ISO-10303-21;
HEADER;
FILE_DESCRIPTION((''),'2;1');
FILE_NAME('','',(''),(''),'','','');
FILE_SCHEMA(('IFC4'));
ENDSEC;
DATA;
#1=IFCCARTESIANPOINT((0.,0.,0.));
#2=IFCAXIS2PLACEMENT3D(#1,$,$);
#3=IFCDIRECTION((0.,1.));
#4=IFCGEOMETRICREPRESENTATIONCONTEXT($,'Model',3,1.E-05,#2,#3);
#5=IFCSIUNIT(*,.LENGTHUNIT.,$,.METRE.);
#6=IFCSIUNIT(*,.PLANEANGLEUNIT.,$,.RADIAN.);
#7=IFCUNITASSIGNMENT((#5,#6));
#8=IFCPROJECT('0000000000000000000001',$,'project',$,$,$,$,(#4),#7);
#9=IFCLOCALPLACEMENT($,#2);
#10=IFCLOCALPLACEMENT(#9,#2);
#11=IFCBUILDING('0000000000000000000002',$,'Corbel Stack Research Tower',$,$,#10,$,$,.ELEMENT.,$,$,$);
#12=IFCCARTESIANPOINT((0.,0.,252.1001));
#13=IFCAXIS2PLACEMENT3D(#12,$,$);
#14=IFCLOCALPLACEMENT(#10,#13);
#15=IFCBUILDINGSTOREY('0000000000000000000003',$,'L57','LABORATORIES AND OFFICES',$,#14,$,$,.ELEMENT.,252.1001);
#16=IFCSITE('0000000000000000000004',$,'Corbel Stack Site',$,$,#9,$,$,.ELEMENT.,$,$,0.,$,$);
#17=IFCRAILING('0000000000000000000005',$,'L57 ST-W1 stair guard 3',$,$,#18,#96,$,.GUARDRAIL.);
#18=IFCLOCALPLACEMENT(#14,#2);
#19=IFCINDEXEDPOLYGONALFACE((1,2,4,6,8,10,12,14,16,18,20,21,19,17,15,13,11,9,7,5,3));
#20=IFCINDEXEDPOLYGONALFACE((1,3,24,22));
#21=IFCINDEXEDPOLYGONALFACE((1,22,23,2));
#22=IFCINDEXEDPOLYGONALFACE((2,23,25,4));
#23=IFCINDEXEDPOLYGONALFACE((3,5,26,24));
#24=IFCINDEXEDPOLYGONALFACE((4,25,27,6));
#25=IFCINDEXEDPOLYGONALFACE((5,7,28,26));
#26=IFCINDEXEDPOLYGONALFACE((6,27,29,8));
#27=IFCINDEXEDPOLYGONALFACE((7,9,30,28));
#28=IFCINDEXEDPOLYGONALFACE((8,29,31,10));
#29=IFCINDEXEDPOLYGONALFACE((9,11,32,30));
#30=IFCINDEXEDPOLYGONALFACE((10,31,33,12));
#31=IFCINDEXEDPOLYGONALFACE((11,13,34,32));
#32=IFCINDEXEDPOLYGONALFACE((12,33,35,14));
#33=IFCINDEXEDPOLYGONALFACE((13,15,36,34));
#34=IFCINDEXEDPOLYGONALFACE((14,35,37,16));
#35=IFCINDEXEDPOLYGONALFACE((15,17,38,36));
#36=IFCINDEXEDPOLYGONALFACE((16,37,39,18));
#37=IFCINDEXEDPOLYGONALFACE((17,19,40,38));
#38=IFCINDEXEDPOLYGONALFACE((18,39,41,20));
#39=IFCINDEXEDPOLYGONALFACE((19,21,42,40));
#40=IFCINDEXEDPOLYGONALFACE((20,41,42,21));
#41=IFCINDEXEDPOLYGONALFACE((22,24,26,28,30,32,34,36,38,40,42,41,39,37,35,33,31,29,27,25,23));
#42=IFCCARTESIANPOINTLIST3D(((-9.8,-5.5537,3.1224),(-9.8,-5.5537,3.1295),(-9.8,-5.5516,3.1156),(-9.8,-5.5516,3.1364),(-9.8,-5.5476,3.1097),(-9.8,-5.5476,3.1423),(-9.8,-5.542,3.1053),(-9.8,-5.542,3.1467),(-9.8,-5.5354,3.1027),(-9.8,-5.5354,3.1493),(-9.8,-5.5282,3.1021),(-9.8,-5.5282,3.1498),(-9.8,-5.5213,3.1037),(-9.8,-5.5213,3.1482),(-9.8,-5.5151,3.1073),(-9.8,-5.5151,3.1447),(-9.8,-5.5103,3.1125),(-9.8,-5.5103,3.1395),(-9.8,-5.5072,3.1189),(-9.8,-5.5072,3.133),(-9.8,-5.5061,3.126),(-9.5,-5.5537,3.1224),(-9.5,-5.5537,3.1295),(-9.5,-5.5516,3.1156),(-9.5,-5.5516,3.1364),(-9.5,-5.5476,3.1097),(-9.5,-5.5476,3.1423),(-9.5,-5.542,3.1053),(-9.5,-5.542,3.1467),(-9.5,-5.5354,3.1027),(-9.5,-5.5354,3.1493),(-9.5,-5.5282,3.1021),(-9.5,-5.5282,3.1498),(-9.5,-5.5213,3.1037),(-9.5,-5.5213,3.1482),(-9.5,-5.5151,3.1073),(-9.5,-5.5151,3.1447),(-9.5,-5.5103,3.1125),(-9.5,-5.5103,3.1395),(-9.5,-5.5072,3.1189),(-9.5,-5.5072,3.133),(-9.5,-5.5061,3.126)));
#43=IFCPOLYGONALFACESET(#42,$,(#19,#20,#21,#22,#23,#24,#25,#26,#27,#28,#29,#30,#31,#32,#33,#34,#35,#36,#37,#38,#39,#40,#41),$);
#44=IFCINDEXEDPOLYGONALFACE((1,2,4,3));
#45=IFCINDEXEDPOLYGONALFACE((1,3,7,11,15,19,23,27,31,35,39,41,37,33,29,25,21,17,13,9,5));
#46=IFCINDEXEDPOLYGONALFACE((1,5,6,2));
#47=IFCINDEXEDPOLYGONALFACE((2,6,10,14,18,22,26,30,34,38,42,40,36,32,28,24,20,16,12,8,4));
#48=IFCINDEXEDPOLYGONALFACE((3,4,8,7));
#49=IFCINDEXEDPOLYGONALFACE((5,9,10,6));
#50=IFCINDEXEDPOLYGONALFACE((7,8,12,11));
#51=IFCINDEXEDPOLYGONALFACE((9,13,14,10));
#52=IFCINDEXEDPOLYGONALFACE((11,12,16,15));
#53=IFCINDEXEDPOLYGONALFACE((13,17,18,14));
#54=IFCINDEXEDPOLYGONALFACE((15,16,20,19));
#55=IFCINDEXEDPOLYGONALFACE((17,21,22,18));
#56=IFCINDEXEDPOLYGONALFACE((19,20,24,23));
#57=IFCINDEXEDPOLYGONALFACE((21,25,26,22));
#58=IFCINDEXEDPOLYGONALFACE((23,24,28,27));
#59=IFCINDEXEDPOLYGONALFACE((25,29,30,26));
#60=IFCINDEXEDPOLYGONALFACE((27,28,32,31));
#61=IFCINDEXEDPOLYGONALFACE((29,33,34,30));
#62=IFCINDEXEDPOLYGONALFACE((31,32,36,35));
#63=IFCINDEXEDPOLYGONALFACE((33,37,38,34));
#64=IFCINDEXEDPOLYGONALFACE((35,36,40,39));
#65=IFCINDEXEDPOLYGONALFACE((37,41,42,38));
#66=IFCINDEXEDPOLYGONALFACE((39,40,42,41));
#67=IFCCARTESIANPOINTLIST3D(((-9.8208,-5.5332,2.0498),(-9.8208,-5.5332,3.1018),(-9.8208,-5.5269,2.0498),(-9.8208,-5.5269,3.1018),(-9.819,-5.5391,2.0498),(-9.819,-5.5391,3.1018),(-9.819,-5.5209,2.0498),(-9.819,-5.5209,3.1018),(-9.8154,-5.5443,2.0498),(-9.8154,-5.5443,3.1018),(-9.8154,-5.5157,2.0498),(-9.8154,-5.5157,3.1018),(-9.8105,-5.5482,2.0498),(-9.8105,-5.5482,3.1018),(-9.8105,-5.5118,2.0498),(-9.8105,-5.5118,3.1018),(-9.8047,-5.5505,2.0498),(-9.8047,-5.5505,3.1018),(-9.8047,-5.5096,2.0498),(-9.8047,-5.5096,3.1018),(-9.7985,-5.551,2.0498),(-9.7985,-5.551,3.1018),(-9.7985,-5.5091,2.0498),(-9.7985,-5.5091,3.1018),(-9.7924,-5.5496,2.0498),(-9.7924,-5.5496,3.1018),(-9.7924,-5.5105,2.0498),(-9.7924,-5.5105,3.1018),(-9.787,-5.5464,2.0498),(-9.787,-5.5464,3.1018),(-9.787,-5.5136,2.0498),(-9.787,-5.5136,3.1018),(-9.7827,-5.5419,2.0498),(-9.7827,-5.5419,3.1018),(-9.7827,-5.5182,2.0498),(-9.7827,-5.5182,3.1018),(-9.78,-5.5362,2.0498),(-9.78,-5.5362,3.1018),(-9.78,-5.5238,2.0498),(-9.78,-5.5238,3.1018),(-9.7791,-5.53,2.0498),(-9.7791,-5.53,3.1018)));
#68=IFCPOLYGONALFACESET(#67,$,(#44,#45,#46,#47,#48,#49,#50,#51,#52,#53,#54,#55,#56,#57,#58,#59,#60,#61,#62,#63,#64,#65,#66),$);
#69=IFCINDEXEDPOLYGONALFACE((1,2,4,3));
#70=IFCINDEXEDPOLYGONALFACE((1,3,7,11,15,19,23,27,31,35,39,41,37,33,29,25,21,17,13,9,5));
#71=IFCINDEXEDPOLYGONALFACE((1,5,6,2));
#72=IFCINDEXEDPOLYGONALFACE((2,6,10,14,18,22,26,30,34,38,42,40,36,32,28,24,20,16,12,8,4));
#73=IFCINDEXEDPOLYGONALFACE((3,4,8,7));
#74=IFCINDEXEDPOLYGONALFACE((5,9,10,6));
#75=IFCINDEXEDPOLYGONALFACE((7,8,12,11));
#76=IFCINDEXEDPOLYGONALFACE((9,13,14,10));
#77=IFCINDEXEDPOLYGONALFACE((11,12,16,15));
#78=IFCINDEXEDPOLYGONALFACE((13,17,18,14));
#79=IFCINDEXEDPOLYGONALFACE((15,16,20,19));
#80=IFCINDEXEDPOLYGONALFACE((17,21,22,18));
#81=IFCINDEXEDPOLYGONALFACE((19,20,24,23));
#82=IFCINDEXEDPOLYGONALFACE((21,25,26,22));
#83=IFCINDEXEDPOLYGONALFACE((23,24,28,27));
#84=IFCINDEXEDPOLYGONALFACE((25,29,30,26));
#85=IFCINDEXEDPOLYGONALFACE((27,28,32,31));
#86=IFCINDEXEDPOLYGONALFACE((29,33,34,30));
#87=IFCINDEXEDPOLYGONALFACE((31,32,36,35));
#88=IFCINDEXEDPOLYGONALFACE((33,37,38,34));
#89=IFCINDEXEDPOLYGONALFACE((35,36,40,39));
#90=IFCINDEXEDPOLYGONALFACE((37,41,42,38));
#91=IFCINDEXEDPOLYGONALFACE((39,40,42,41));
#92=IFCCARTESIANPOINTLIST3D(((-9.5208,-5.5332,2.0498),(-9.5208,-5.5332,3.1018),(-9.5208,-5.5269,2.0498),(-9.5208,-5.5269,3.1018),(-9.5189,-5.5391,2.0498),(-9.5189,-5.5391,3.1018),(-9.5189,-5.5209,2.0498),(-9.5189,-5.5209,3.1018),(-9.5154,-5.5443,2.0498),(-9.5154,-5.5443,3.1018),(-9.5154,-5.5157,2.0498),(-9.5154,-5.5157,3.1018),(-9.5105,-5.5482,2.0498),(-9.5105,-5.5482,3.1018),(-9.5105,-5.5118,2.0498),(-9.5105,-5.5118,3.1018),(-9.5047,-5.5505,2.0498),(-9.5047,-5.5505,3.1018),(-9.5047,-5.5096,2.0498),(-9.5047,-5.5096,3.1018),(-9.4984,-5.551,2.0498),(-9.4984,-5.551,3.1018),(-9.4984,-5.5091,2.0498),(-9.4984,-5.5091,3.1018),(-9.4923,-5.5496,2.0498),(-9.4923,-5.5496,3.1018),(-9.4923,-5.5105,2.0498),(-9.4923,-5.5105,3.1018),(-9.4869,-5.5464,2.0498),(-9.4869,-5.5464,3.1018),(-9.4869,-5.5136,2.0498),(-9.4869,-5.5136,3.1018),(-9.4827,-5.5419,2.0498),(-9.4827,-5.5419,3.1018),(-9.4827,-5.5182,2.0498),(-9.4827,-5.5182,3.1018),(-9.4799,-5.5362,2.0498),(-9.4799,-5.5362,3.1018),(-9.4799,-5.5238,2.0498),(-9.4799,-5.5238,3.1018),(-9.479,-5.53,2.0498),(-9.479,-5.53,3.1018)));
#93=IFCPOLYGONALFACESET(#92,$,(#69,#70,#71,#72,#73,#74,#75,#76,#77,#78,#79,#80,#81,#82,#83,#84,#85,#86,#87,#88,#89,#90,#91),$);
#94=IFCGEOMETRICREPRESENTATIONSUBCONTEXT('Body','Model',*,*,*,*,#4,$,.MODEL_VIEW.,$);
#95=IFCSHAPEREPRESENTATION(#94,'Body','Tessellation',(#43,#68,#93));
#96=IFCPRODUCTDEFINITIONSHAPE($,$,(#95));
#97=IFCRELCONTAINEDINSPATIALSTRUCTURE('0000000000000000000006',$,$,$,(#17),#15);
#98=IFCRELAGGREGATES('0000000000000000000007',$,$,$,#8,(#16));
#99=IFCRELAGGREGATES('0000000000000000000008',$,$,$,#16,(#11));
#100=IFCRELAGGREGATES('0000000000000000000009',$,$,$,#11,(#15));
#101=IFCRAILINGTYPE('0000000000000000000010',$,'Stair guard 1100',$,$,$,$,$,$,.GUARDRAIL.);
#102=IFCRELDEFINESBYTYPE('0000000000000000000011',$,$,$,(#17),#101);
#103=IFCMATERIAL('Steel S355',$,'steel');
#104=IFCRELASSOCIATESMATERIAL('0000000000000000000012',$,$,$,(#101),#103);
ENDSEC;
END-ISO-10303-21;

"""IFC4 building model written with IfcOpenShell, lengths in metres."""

from ifc_helpers import new_model, si_unit, direction, frame, origin, origin_2d, place, context, subcontext, project, spatial, circle, extrude, material, type_object, element, save


model = new_model("IFC4")

# Units and contexts
model_context = context("Model", 3, precision=1e-05, world=origin(), true_north=direction((0.0, 1.0)))
body_context = subcontext(model_context, "Body", "Model", "MODEL_VIEW")
ifc_project = project(units=[si_unit("LENGTHUNIT", "METRE"), si_unit("PLANEANGLEUNIT", "RADIAN")], contexts=[model_context])

# Site, building, storey
site_placement = place(None, origin())
site = spatial("IfcSite", under=ifc_project, at=site_placement, Name="Corbel Stack Site", CompositionType="ELEMENT", RefElevation=0.0)
building_placement = place(site_placement, origin())
building = spatial("IfcBuilding", under=site, at=building_placement, Name="Corbel Stack Research Tower", CompositionType="ELEMENT")
storey_placement = place(building_placement, frame((0.0, 0.0, 252.1001)))
storey = spatial("IfcBuildingStorey", under=building, at=storey_placement, Name="L57", Description="LABORATORIES AND OFFICES", CompositionType="ELEMENT", Elevation=252.1001)

# Railing
ifc_material_1 = material(Name="Steel S355", Category="steel")
railing_type = type_object("IfcRailingType", Name="Stair guard 1100", PredefinedType="GUARDRAIL", material=ifc_material_1)
railing_1_placement = place(storey_placement, frame((-9.8, -5.53, 2.0498)))
element("IfcRailing", 1, at=railing_1_placement, inside=storey, type_object=railing_type, Name="L57 ST-W1 stair guard 3", PredefinedType="GUARDRAIL", context=body_context, shape_type="SweptSolid", body=[
    extrude(circle(Radius=0.0239, at=origin_2d()), frame((0.0, 0.0, 1.0762), z_axis=(1.0, 0.0, 0.0), x_axis=(0.0, 1.0, 0.0)), (0.0, 0.0, 1.0), 0.3),
    extrude(circle(Radius=0.021, at=origin_2d()), origin(), (0.0, 0.0, 1.0), 1.052),
    extrude(circle(Radius=0.021, at=origin_2d()), frame((0.3, 0.0, 0.0)), (0.0, 0.0, 1.0), 1.052),
])

save(model, "model.ifc")
